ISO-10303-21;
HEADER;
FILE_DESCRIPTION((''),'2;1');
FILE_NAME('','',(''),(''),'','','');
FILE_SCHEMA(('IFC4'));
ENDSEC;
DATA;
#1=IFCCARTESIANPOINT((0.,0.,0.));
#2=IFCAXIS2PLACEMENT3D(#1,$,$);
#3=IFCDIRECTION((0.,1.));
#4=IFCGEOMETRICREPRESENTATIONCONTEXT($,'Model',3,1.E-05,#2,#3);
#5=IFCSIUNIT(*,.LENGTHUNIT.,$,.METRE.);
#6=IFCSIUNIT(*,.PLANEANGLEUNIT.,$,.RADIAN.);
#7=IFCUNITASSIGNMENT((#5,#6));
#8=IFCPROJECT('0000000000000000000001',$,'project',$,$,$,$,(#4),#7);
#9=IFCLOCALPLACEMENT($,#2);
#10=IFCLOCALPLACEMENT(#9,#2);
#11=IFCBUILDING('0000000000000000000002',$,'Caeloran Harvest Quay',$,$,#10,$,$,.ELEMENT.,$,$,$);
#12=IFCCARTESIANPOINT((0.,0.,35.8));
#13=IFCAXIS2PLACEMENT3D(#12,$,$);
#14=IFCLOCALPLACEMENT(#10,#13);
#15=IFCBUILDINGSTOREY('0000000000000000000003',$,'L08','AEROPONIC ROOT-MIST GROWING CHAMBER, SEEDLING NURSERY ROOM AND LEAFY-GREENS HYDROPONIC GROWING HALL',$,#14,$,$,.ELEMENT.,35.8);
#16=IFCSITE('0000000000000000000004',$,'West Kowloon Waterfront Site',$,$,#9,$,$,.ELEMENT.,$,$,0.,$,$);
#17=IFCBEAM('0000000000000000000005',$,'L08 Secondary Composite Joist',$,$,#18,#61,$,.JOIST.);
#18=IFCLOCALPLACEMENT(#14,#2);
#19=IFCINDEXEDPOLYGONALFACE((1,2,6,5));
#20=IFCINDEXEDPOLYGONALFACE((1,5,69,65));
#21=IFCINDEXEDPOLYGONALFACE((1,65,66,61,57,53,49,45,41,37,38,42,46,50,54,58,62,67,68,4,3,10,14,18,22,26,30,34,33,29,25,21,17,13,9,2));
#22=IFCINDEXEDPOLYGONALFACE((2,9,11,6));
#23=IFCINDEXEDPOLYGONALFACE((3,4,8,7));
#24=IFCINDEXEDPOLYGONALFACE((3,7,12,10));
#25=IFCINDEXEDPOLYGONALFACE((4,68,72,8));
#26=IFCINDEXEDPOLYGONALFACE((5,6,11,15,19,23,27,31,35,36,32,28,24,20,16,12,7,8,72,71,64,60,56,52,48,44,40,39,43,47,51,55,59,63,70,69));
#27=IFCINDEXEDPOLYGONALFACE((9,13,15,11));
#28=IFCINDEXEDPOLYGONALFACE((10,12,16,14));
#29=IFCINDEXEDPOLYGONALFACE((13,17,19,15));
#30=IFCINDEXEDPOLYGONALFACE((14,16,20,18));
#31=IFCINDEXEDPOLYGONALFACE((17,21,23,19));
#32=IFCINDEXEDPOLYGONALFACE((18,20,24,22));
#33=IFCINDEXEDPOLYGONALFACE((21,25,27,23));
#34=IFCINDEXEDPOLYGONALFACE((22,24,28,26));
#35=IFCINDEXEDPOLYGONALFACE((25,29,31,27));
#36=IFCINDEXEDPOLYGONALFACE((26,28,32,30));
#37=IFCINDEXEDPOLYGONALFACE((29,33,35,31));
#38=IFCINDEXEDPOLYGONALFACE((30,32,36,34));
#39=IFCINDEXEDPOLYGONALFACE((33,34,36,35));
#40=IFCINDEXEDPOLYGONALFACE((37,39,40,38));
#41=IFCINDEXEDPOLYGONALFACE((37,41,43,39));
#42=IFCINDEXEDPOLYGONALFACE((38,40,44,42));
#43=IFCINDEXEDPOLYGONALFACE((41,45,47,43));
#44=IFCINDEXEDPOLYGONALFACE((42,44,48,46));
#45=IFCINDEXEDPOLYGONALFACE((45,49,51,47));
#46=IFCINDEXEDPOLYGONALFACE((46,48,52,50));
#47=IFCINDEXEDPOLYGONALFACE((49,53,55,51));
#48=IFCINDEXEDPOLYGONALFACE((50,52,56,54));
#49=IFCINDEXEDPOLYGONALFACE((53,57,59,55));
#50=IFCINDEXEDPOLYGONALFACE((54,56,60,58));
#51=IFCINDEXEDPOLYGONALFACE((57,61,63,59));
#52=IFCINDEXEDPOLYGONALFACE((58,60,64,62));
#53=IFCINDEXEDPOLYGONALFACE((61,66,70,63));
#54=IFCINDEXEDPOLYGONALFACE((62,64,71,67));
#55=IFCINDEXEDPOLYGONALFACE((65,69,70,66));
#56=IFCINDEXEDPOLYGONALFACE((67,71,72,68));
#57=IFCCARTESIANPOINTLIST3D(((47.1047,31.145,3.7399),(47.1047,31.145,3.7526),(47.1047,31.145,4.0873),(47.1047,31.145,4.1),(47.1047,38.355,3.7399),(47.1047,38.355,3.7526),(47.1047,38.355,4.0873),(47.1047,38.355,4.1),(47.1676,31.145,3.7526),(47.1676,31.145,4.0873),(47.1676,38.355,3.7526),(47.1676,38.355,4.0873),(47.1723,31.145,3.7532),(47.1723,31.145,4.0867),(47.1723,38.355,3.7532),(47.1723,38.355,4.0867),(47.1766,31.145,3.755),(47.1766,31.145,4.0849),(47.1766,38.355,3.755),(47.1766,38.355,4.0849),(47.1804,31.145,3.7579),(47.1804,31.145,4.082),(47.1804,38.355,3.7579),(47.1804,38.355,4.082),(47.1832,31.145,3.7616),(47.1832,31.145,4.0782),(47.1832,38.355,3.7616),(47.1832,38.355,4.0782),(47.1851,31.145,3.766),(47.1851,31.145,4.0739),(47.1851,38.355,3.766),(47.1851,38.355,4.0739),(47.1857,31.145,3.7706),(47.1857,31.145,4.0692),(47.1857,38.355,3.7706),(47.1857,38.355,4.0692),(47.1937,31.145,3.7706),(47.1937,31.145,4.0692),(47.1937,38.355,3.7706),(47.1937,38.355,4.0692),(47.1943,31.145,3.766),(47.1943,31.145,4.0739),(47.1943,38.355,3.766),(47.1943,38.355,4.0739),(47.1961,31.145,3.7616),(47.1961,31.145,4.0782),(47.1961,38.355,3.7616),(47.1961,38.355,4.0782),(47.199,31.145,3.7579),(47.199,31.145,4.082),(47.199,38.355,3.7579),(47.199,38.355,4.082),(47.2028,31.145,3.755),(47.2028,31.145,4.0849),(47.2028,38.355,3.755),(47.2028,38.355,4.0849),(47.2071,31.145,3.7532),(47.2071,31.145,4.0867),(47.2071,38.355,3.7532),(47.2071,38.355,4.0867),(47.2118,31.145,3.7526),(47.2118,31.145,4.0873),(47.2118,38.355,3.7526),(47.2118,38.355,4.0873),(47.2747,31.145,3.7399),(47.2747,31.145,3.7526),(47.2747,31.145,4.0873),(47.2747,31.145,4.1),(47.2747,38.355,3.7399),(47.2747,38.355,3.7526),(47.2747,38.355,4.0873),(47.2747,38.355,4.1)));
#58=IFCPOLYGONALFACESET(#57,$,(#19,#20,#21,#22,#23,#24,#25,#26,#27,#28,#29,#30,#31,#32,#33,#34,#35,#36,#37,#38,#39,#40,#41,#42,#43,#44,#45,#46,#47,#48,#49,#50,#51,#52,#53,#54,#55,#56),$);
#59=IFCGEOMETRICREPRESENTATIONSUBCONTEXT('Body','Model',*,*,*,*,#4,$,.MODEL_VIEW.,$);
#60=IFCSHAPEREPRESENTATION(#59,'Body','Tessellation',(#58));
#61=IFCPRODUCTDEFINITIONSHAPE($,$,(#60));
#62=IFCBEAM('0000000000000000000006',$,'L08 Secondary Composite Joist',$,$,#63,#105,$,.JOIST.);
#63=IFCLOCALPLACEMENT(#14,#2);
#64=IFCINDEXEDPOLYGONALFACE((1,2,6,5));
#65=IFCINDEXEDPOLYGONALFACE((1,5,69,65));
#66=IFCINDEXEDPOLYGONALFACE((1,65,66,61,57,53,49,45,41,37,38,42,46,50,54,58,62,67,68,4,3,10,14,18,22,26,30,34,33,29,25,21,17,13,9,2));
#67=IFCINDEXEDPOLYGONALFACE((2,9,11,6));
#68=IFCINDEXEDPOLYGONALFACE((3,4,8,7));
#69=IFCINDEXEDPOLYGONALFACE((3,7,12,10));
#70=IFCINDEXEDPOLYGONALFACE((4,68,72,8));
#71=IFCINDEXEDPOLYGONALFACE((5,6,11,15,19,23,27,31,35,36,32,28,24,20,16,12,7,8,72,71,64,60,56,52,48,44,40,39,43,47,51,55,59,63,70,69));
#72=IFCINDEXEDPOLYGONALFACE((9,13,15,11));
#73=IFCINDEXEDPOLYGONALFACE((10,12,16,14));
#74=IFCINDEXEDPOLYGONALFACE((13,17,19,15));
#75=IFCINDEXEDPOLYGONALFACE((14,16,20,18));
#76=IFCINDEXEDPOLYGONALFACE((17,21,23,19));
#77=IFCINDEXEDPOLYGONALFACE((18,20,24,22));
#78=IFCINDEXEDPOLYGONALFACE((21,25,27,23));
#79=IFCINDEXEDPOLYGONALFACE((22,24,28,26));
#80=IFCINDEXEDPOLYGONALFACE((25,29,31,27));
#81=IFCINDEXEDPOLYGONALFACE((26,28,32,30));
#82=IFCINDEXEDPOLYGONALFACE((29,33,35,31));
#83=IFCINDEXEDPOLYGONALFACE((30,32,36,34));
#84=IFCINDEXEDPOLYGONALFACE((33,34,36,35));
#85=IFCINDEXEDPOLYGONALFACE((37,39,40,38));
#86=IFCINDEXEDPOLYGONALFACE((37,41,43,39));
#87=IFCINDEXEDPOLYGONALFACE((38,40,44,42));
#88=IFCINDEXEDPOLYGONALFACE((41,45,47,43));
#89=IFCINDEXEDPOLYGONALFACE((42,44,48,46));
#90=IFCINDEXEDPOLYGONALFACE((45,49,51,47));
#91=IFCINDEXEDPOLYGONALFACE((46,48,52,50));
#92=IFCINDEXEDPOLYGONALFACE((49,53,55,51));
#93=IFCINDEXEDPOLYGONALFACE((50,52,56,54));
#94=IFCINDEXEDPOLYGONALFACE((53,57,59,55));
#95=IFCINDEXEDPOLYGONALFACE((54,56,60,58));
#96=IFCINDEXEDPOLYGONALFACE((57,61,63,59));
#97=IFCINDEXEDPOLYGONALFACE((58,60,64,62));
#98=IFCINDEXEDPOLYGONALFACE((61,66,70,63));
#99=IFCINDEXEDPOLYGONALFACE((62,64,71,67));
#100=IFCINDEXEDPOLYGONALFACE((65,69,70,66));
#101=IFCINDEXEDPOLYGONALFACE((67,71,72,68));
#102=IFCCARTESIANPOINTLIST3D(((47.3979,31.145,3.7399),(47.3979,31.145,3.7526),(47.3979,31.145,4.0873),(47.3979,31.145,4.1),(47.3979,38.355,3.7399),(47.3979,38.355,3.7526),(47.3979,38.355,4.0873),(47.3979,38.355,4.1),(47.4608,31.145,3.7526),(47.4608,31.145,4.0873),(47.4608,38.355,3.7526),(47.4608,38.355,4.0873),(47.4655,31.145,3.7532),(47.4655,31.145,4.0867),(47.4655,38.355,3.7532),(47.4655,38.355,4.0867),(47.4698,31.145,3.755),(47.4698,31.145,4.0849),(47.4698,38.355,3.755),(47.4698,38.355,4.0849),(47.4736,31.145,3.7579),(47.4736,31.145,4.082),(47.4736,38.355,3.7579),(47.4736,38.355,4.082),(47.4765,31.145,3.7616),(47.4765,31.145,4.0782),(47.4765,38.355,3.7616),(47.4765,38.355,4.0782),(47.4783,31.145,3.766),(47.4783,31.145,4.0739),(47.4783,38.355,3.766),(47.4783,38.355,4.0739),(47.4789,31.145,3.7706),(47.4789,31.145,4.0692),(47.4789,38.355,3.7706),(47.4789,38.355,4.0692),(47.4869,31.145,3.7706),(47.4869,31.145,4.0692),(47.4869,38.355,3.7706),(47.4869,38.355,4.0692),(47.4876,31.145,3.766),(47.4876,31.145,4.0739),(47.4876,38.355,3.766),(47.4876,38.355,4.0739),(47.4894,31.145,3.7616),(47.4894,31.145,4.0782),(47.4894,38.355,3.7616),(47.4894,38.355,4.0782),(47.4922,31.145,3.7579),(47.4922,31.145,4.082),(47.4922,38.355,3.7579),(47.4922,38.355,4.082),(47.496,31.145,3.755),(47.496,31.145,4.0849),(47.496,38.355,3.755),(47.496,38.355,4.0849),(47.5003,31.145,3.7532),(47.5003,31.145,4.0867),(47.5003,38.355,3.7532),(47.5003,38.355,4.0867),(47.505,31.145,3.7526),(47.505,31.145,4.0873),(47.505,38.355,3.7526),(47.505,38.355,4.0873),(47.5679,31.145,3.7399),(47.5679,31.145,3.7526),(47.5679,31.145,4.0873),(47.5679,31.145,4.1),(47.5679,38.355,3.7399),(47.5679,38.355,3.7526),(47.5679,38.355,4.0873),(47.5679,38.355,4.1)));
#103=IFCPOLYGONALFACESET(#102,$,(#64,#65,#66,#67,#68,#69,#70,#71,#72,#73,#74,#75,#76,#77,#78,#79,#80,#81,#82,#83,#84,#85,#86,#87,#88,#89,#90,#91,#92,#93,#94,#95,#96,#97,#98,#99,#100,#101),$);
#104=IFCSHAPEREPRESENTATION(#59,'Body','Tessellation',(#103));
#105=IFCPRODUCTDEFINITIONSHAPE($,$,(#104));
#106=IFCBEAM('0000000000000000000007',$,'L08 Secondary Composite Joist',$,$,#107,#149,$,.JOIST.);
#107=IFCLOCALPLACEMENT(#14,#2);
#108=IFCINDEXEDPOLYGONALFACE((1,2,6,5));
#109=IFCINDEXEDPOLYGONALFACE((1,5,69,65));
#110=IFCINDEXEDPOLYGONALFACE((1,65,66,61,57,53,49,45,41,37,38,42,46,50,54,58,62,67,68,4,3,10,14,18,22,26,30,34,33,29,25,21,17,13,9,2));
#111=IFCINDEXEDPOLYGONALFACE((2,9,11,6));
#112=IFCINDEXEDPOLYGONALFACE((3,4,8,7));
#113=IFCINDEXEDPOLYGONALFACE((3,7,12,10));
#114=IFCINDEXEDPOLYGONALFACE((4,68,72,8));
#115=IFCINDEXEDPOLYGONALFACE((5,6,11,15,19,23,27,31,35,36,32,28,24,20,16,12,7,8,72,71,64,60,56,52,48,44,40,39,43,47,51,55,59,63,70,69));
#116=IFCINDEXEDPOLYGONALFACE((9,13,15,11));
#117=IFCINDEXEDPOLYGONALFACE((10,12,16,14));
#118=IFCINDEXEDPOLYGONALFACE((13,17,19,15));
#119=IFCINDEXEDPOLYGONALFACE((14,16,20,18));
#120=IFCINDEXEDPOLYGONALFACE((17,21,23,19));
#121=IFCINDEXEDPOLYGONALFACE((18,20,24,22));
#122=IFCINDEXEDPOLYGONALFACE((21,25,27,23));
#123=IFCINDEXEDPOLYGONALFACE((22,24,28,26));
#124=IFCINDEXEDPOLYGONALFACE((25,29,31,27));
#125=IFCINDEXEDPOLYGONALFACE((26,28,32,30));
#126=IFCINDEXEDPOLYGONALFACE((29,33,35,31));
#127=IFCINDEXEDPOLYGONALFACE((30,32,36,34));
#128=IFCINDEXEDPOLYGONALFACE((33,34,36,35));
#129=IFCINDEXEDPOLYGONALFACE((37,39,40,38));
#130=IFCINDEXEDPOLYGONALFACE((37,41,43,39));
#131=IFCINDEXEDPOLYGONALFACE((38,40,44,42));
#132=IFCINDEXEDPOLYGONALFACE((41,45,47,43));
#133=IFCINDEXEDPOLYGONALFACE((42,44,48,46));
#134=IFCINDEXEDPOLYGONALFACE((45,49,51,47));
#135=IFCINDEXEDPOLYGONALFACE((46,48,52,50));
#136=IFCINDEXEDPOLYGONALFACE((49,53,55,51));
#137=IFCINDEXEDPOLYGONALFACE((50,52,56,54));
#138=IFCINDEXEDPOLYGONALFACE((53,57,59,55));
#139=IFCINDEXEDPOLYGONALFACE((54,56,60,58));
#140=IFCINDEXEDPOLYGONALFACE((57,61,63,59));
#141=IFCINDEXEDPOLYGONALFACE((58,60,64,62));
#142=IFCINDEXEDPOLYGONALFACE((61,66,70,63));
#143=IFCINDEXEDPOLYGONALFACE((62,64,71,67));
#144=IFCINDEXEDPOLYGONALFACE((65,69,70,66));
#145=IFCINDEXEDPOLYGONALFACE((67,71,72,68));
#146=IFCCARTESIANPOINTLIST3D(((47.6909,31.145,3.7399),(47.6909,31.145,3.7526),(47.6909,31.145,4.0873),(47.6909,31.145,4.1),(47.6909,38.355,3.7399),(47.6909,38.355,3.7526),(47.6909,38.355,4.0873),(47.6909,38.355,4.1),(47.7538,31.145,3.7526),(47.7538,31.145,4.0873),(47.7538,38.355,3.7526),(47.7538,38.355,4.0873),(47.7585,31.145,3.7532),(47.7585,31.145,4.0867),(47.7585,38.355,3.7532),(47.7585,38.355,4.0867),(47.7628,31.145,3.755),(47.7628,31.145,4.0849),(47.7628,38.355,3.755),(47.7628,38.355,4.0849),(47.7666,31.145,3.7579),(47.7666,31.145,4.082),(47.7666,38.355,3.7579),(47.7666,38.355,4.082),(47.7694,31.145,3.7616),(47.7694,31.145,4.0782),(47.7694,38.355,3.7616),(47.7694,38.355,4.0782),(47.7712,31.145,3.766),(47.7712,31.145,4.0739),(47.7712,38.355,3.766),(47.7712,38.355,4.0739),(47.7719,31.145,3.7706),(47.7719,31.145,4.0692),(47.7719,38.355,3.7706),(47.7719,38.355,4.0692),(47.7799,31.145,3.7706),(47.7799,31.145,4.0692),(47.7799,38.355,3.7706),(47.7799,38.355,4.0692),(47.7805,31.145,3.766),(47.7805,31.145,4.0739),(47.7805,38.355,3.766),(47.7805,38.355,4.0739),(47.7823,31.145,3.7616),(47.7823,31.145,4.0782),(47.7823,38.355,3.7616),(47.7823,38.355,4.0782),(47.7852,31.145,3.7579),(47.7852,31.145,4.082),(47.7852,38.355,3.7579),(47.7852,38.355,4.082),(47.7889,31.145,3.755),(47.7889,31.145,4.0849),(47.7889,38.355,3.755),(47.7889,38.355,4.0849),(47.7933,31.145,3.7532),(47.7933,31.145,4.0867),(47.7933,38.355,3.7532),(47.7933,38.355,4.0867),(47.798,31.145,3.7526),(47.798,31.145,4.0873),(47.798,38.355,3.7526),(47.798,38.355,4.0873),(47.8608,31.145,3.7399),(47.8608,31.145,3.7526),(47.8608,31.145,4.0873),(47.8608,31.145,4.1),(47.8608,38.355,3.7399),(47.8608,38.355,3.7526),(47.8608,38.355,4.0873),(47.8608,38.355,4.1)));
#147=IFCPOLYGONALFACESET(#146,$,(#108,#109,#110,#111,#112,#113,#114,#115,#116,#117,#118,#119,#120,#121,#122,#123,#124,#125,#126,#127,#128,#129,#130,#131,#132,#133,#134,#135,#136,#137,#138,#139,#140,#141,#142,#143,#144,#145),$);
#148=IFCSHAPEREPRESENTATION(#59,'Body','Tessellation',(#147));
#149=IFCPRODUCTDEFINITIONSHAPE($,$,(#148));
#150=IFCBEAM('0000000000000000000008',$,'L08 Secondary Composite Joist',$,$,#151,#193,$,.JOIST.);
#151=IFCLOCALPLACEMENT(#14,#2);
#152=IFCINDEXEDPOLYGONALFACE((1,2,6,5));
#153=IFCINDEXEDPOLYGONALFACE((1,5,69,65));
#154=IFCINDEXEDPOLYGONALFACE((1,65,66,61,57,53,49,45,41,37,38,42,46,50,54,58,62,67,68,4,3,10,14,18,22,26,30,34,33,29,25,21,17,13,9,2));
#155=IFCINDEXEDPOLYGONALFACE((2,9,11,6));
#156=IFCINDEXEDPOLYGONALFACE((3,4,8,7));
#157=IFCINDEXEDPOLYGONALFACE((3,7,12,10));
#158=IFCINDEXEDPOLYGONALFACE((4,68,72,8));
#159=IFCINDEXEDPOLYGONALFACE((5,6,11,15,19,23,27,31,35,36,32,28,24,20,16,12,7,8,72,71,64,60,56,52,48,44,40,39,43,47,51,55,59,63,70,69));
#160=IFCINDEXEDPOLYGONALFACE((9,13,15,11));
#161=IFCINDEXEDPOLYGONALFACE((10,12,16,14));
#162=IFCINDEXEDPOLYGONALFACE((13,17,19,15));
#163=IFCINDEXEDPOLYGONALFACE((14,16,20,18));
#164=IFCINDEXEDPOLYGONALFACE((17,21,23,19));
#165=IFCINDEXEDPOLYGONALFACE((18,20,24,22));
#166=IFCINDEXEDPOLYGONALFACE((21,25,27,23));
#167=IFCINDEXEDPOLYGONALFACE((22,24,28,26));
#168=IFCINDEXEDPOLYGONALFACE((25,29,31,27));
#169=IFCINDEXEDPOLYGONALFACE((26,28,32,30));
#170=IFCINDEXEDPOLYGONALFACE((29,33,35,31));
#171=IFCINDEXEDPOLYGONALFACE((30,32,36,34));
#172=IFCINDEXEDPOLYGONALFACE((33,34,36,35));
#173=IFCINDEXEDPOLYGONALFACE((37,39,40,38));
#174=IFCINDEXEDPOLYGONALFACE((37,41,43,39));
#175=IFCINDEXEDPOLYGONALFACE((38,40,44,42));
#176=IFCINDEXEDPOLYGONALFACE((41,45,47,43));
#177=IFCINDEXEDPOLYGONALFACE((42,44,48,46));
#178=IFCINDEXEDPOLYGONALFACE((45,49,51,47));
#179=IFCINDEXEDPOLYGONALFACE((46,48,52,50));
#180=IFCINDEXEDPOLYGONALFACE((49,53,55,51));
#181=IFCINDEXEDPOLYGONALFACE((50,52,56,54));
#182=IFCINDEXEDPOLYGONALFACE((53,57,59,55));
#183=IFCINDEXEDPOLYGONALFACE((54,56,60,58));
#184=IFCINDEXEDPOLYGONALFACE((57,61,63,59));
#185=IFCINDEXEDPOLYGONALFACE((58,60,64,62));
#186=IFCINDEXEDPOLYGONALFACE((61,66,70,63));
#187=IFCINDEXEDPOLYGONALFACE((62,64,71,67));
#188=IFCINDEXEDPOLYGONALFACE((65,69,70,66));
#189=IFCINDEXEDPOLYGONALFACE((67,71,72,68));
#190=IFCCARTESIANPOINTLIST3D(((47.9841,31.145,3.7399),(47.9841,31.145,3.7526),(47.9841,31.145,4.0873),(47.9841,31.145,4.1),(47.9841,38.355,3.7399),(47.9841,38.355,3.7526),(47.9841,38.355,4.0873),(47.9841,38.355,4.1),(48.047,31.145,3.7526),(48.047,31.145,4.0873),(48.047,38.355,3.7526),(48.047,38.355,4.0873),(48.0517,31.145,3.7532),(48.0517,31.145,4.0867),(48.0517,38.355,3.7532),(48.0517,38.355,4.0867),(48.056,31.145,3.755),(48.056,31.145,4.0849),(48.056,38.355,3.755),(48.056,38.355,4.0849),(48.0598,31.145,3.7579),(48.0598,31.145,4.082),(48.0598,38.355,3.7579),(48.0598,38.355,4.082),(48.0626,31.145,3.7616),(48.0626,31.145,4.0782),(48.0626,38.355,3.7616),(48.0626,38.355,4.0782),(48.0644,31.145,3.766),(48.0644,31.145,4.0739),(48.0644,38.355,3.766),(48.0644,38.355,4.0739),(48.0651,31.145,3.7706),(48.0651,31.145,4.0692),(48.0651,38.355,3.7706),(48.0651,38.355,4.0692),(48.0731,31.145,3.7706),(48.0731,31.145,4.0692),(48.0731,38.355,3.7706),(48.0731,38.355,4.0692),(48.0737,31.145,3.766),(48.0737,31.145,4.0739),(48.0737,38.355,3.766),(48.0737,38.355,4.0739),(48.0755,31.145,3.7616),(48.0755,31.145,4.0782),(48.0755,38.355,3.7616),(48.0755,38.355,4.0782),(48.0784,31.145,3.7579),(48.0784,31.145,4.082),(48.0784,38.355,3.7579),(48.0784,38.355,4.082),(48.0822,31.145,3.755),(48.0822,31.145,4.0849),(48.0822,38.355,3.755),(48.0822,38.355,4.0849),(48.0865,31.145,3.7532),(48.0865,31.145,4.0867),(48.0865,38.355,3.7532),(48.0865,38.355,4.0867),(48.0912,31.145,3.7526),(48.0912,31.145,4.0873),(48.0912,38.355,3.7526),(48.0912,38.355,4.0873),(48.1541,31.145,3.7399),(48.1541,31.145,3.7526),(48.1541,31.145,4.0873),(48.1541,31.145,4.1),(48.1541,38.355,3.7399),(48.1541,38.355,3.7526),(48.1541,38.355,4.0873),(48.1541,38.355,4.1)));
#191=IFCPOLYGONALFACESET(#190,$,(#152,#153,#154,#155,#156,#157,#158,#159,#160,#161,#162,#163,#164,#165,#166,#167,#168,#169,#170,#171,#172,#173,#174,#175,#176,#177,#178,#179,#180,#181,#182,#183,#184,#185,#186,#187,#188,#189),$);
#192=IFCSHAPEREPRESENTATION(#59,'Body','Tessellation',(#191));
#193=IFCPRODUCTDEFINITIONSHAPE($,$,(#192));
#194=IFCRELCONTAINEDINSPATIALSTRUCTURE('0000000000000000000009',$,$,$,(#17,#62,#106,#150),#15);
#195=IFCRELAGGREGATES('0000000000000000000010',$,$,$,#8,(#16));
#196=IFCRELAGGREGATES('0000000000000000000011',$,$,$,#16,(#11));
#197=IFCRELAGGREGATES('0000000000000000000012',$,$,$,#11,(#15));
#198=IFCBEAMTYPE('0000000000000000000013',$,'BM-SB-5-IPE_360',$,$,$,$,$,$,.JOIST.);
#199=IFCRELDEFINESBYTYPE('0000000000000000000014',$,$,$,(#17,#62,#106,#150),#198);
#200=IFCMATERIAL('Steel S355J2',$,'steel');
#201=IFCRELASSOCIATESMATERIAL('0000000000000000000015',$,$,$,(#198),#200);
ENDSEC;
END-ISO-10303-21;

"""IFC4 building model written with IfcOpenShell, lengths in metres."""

from ifc_helpers import new_model, si_unit, direction, frame, origin, origin_2d, place, context, subcontext, project, spatial, i_section, extrude, material, material_profile, profile_set, type_object, element, save


model = new_model("IFC4")

# Units and contexts
model_context = context("Model", 3, precision=1e-05, world=origin(), true_north=direction((0.0, 1.0)))
body_context = subcontext(model_context, "Body", "Model", "MODEL_VIEW")
ifc_project = project(units=[si_unit("LENGTHUNIT", "METRE"), si_unit("PLANEANGLEUNIT", "RADIAN")], contexts=[model_context])

# Site, building, storey
site_placement = place(None, origin())
site = spatial("IfcSite", under=ifc_project, at=site_placement, Name="West Kowloon Waterfront Site", CompositionType="ELEMENT", RefElevation=0.0)
building_placement = place(site_placement, origin())
building = spatial("IfcBuilding", under=site, at=building_placement, Name="Caeloran Harvest Quay", CompositionType="ELEMENT")
storey_placement = place(building_placement, frame((0.0, 0.0, 35.8)))
storey = spatial("IfcBuildingStorey", under=building, at=storey_placement, Name="L08", Description="AEROPONIC ROOT-MIST GROWING CHAMBER, SEEDLING NURSERY ROOM AND LEAFY-GREENS HYDROPONIC GROWING HALL", CompositionType="ELEMENT", Elevation=35.8)

# Beams
ifc_material_1 = material(Name="Steel S355J2", Category="steel")
ifc_material_profile_1 = material_profile(ifc_material_1, i_section(OverallWidth=0.1699, OverallDepth=0.3601, WebThickness=0.0081, FlangeThickness=0.0127, FilletRadius=0.0181, at=origin_2d()), Name="IPE 360")
ifc_profile_set_1 = profile_set([ifc_material_profile_1], Name="Steel S355J2")
beam_type_1 = type_object("IfcBeamType", Name="BM-SB-5-IPE_360", PredefinedType="JOIST", material=ifc_profile_set_1)
for number, where, z_axis, x_axis, name in (
    (1, (47.1897, 31.145, 3.9199), (0.0, 1.0, 0.0), (-1.0, 0.0, 0.0), "L08 Secondary Composite Joist"),
    (2, (47.4829, 31.145, 3.9199), (0.0, 1.0, 0.0), (-1.0, 0.0, 0.0), "L08 Secondary Composite Joist"),
    (3, (47.7759, 31.145, 3.9199), (0.0, 1.0, 0.0), (-1.0, 0.0, 0.0), "L08 Secondary Composite Joist"),
    (4, (48.0691, 31.145, 3.9199), (0.0, 1.0, 0.0), (-1.0, 0.0, 0.0), "L08 Secondary Composite Joist"),
):
    element("IfcBeam", number, at=place(storey_placement, frame(where, z_axis=z_axis, x_axis=x_axis)), inside=storey, type_object=beam_type_1, Name=name, PredefinedType="JOIST", context=body_context, shape_type="SweptSolid", body=[
        extrude(i_section(OverallWidth=0.1699, OverallDepth=0.3601, WebThickness=0.0081, FlangeThickness=0.0127, FilletRadius=0.0181, at=origin_2d()), origin(), (0.0, 0.0, 1.0), 7.21),
    ])

save(model, "model.ifc")
